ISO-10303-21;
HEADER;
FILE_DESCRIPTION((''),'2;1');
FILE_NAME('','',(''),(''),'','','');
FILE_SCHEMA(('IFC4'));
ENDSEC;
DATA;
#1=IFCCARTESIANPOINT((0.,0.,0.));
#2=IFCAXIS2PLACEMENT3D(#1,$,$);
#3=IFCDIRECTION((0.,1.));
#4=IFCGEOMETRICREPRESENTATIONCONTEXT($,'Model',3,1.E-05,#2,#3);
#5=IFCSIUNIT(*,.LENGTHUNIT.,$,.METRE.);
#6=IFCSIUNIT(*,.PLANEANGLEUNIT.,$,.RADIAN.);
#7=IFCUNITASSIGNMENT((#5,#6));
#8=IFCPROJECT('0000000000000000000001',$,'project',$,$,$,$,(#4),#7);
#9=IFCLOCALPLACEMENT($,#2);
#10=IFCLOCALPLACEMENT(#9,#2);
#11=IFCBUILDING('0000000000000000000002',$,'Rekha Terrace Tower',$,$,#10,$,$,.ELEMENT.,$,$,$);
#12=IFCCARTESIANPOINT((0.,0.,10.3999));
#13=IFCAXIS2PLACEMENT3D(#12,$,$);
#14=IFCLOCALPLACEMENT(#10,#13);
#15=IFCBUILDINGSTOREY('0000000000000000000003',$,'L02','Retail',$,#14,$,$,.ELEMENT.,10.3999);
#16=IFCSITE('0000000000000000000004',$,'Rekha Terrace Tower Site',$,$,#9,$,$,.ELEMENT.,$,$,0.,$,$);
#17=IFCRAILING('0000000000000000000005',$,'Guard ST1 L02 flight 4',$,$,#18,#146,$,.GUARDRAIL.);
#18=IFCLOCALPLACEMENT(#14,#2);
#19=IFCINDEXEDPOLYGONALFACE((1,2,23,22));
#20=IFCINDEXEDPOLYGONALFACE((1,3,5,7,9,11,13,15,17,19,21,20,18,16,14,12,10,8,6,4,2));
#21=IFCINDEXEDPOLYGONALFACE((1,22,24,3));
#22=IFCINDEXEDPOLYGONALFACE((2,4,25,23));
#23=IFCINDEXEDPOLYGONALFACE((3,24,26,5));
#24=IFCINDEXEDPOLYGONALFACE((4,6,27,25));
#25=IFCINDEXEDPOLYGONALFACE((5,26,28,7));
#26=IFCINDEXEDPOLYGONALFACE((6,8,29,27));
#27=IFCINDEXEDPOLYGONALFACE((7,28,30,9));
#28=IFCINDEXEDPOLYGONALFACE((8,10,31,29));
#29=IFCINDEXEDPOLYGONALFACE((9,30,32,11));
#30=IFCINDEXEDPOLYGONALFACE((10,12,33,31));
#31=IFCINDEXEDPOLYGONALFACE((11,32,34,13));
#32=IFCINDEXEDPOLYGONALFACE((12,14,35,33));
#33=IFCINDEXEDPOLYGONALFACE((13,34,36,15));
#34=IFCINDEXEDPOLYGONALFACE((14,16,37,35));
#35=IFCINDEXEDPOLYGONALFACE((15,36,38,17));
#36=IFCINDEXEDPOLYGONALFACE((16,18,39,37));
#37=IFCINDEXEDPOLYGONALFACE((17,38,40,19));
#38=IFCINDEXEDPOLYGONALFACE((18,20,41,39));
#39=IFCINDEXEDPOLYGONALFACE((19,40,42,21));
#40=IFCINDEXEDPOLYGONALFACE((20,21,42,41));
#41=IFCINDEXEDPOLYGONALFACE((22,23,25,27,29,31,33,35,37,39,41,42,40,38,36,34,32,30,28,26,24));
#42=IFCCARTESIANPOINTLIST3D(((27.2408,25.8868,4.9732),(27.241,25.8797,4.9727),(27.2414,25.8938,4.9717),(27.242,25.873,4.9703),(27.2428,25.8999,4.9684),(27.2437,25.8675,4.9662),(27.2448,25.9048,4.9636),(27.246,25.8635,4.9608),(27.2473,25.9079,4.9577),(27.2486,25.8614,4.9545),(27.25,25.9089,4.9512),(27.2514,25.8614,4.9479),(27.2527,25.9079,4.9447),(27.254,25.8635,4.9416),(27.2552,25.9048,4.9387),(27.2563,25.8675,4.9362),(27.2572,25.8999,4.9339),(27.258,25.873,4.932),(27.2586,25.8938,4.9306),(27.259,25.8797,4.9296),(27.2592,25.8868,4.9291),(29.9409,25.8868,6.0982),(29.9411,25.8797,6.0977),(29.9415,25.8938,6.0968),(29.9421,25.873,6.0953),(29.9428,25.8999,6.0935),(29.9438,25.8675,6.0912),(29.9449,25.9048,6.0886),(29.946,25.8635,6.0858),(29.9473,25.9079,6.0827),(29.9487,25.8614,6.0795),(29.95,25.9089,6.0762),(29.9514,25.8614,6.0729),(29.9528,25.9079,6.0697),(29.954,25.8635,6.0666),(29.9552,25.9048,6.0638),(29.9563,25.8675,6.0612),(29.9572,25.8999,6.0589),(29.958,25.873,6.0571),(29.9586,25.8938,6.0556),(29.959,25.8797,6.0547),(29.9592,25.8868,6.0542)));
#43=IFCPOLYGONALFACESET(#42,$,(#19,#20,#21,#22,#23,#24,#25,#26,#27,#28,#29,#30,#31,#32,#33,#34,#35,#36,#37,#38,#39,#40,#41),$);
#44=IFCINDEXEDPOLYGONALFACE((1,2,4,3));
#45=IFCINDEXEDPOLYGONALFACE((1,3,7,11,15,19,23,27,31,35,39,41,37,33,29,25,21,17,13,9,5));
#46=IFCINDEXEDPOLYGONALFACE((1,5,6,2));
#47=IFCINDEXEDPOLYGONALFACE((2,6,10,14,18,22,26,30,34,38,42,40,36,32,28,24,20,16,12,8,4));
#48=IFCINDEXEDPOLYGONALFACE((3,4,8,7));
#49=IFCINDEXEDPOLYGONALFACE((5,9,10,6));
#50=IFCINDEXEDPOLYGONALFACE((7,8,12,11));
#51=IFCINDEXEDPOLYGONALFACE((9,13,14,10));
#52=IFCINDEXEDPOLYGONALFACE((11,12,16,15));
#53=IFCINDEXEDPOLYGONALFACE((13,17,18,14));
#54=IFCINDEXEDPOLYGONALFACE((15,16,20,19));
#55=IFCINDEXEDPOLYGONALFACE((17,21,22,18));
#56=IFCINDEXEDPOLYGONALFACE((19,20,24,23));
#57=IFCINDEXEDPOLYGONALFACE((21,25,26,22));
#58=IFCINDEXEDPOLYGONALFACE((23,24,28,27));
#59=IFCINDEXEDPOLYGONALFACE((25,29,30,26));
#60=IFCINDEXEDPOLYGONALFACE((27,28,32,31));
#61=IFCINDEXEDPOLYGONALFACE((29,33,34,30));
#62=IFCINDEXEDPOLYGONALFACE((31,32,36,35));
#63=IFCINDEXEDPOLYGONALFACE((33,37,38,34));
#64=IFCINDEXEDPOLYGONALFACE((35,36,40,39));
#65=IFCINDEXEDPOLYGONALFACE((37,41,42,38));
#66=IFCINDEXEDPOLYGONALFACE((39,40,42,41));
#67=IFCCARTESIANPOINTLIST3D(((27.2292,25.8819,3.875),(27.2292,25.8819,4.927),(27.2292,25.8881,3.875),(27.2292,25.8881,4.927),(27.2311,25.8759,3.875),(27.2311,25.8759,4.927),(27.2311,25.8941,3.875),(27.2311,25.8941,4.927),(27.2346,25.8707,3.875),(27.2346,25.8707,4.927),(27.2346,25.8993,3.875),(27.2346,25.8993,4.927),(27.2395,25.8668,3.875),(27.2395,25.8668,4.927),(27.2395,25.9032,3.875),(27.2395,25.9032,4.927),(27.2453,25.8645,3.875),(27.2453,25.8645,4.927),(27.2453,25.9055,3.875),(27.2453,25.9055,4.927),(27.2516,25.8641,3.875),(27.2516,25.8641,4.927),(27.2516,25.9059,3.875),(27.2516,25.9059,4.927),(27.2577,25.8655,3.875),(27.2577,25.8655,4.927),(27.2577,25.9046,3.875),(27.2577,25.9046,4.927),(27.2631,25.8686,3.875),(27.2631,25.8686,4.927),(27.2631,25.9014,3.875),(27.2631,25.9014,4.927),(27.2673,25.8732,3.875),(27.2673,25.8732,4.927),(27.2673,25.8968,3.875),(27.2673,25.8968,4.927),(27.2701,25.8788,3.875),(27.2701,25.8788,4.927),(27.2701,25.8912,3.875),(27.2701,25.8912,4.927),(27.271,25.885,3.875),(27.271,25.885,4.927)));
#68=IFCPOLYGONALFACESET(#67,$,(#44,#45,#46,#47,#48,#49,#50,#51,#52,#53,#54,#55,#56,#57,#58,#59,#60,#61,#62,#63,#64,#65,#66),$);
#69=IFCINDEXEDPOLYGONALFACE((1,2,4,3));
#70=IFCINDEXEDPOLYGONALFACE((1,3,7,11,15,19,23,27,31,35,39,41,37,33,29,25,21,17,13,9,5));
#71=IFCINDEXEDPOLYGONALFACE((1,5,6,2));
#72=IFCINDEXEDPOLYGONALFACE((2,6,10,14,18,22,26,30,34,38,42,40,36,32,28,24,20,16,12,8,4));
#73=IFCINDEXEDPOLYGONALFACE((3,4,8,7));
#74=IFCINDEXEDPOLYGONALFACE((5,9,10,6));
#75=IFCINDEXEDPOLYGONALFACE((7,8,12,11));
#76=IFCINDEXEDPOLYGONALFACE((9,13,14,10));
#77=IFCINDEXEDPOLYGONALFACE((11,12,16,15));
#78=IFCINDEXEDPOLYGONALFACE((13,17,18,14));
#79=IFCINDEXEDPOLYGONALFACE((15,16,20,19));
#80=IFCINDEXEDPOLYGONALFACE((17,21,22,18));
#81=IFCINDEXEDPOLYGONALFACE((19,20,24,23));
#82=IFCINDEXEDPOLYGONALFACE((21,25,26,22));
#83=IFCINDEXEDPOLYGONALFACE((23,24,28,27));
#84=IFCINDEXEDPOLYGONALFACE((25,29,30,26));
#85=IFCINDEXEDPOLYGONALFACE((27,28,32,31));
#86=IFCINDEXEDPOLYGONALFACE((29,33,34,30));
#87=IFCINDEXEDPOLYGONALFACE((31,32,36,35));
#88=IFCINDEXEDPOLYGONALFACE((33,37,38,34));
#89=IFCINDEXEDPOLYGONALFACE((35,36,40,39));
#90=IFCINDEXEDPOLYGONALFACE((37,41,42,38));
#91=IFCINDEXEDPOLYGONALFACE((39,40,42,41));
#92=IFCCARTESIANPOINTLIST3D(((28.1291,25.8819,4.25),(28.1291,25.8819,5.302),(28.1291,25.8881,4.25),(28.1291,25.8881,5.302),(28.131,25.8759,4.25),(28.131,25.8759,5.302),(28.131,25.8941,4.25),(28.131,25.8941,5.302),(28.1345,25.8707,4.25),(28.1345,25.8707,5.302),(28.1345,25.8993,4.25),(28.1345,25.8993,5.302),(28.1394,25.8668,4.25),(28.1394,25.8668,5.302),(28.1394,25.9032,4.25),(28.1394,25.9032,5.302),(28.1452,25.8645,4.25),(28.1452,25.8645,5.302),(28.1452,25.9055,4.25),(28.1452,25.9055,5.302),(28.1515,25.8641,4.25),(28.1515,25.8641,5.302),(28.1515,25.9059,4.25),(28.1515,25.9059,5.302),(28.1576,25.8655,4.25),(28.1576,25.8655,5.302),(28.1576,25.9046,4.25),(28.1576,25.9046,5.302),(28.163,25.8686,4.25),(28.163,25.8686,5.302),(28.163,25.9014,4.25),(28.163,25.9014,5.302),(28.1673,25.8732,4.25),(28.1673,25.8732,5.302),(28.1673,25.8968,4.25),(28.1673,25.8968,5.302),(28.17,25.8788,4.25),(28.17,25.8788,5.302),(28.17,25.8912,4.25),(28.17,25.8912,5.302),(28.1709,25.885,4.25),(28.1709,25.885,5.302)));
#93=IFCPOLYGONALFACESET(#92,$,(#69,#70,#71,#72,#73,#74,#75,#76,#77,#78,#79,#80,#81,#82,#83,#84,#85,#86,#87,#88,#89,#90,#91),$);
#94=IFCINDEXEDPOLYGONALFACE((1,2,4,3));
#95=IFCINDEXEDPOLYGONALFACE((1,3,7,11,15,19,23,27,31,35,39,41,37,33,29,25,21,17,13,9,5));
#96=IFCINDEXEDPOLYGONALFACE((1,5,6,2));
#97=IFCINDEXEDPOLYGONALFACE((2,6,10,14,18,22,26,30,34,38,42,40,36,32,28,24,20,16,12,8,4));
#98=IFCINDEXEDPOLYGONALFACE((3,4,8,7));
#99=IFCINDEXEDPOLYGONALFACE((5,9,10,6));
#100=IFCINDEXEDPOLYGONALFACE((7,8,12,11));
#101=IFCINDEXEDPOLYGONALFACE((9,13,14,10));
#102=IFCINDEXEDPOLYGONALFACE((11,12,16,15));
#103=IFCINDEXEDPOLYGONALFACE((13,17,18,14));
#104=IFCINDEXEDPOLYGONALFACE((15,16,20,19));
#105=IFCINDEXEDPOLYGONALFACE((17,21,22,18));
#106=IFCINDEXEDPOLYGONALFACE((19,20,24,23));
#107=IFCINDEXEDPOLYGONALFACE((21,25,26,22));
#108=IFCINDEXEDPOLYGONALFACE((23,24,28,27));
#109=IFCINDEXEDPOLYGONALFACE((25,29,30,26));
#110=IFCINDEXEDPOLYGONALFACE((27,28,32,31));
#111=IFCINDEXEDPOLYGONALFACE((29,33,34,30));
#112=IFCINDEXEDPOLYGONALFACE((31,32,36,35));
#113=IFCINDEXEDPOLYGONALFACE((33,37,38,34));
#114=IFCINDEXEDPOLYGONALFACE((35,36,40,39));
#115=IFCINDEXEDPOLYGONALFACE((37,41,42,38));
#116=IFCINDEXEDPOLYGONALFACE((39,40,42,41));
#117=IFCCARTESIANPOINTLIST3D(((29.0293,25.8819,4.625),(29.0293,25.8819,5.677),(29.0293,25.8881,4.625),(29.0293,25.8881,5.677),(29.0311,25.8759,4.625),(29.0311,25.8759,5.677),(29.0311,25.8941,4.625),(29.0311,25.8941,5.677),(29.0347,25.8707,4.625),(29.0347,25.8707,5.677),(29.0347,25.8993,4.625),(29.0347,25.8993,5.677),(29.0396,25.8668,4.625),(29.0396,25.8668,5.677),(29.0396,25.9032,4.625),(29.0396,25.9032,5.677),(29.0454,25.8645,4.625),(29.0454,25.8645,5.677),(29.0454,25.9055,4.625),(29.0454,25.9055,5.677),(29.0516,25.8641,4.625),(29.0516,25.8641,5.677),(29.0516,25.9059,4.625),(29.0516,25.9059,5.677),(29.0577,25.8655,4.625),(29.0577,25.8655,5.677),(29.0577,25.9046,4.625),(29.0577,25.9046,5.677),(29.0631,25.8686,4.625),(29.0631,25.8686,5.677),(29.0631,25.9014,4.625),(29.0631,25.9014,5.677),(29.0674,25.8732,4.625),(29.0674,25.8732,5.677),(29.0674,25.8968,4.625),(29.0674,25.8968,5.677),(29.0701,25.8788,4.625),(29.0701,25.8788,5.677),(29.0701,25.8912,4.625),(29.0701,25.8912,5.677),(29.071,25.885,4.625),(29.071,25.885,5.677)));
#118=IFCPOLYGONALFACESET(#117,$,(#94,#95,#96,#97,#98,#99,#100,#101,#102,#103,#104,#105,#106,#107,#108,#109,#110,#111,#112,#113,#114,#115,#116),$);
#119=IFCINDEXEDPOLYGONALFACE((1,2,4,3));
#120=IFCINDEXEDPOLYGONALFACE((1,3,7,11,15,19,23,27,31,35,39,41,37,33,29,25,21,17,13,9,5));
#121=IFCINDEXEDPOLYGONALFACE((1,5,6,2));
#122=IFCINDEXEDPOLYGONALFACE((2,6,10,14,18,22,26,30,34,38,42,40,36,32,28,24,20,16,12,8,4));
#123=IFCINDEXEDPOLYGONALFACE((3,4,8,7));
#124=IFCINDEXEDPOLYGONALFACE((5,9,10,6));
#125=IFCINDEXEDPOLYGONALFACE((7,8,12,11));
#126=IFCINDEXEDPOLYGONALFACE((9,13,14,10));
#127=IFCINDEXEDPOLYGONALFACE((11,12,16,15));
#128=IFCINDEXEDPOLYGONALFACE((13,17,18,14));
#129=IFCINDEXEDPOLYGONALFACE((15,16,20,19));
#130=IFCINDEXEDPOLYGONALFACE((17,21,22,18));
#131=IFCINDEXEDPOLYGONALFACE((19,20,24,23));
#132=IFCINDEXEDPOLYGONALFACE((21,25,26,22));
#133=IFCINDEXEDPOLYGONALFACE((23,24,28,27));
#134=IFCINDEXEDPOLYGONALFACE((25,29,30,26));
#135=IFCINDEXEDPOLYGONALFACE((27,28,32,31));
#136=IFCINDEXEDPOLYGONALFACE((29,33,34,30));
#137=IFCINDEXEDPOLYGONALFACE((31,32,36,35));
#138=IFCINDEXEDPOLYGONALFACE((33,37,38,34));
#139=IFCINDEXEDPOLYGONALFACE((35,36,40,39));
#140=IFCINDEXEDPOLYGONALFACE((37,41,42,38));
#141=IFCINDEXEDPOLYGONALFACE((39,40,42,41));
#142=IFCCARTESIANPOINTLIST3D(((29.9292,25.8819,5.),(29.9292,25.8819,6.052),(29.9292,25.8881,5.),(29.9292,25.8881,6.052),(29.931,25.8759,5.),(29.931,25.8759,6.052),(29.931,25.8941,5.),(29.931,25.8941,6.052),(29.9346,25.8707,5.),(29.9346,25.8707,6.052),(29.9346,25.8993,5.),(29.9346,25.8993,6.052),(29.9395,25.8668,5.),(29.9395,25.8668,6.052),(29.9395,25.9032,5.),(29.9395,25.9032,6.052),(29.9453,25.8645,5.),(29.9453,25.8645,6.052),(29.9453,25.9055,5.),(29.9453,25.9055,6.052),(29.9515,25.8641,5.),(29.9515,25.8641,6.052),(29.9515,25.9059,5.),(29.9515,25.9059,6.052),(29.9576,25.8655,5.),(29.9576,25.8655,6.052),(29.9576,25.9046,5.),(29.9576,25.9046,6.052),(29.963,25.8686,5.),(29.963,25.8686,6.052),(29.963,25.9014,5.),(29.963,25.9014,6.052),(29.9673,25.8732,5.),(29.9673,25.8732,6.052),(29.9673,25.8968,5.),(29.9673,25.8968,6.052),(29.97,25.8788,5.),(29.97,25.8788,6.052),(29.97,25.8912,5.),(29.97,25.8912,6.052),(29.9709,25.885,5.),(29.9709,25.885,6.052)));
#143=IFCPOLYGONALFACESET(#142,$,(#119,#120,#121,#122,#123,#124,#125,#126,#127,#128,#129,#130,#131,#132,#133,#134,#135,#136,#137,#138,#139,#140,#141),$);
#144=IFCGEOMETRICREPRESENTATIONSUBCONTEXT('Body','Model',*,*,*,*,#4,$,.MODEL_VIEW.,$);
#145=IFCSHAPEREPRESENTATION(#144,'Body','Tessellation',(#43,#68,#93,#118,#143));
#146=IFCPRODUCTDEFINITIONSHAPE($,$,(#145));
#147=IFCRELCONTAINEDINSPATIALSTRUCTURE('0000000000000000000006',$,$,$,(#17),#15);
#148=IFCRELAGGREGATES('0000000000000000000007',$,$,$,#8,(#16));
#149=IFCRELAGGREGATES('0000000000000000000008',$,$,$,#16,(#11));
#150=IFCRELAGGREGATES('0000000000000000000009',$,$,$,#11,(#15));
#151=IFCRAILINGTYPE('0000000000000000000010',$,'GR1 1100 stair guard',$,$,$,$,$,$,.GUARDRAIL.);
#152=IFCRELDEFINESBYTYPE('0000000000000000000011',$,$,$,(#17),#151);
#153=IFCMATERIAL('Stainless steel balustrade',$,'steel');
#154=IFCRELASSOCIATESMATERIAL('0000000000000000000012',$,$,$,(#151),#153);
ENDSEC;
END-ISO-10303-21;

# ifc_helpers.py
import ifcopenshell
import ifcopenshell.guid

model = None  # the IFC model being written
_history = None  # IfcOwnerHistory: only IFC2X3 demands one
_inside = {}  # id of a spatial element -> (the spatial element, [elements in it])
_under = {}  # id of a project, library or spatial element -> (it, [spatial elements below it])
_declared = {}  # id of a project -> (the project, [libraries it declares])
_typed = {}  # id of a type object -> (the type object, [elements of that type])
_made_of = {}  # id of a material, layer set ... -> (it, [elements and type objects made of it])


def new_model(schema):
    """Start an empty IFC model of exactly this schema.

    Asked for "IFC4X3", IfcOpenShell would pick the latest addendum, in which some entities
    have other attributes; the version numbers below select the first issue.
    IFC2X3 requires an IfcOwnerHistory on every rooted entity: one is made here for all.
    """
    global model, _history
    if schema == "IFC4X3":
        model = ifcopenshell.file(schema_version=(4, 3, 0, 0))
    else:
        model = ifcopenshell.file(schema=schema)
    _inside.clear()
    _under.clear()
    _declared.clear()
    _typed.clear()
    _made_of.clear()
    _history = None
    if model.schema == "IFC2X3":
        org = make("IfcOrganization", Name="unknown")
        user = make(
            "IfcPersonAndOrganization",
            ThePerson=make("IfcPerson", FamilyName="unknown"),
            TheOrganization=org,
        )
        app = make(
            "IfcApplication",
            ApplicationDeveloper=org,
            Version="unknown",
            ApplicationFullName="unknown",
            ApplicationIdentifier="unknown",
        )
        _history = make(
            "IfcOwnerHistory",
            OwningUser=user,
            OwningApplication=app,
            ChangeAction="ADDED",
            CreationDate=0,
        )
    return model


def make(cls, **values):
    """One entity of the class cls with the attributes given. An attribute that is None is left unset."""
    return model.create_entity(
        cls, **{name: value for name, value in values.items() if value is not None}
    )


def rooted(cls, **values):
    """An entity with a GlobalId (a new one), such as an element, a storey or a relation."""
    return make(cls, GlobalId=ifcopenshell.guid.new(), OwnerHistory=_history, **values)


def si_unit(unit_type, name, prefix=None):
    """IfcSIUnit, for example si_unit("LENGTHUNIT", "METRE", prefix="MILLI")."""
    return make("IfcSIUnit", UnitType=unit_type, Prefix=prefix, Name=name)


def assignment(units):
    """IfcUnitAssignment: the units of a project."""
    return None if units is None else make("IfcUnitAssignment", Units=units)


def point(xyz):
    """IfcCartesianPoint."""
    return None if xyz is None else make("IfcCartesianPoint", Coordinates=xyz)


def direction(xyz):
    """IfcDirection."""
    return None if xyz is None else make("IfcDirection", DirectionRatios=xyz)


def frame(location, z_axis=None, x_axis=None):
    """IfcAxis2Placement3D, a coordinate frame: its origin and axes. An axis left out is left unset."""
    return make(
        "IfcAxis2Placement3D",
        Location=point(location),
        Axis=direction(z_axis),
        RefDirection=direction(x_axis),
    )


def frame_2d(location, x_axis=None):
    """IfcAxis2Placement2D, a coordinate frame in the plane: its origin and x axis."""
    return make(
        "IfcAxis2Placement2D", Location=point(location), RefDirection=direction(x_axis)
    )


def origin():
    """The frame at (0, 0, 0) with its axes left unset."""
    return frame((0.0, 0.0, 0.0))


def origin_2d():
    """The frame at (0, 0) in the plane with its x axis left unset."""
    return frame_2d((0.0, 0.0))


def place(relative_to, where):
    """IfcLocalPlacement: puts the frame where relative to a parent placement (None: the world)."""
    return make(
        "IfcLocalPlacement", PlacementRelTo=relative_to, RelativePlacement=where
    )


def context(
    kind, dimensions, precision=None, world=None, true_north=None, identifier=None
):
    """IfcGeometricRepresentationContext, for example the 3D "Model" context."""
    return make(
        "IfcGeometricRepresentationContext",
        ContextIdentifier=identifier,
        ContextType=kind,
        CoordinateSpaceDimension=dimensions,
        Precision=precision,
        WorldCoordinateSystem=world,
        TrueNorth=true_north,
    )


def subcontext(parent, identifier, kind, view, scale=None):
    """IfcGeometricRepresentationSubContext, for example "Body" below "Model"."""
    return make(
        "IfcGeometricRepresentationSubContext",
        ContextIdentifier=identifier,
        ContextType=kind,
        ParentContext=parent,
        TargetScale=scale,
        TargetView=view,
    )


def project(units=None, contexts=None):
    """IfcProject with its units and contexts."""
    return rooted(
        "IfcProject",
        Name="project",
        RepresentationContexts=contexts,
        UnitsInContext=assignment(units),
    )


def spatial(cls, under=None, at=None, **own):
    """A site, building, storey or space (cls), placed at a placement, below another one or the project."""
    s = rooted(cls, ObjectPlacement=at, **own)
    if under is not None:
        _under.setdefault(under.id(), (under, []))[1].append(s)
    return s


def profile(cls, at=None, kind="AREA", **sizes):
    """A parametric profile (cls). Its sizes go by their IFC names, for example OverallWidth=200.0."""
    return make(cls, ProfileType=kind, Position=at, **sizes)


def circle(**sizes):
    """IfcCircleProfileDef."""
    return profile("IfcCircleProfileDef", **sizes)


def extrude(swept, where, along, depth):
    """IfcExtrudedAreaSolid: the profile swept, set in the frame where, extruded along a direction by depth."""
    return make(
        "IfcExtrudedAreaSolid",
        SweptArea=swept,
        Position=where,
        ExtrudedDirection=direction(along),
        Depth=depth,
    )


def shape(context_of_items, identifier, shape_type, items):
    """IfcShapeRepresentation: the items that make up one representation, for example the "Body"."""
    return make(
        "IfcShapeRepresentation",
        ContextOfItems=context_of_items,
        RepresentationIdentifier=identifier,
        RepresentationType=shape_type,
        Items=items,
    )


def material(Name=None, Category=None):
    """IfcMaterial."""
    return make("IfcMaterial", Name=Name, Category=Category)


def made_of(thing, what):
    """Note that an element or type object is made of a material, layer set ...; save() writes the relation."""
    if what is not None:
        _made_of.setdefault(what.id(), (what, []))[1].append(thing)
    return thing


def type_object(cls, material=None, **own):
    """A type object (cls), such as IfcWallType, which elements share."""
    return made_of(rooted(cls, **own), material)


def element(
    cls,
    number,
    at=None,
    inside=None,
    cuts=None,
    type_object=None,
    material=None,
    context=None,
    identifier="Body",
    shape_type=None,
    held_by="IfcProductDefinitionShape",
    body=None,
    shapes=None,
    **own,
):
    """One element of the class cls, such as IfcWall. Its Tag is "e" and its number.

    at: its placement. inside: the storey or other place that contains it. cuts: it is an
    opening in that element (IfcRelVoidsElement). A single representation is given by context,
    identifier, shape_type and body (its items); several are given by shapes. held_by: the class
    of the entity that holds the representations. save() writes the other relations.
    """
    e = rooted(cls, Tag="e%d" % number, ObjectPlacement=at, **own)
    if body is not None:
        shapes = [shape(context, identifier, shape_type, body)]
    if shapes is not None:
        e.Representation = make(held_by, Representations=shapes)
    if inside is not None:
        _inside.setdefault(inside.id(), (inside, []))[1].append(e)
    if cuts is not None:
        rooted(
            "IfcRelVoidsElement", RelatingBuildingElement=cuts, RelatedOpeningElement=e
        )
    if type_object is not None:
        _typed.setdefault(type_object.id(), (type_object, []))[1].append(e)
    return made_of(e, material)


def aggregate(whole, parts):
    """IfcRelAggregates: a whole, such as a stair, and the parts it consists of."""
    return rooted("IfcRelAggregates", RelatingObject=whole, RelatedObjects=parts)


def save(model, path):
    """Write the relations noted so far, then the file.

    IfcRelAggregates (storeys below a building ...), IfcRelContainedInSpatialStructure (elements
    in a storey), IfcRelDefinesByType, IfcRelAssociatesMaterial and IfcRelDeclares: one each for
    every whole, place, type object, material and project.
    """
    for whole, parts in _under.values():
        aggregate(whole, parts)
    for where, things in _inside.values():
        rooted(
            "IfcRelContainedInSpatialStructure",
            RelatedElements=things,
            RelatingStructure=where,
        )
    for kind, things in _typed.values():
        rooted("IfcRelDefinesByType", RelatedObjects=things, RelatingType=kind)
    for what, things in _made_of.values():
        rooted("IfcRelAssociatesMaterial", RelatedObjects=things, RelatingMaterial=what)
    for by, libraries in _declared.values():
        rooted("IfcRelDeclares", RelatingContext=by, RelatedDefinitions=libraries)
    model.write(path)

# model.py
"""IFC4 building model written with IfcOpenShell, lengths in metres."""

from ifc_helpers import new_model, si_unit, direction, frame, origin, origin_2d, place, context, subcontext, project, spatial, circle, extrude, material, type_object, element, save


model = new_model("IFC4")

# Units and contexts
model_context = context("Model", 3, precision=1e-05, world=origin(), true_north=direction((0.0, 1.0)))
body_context = subcontext(model_context, "Body", "Model", "MODEL_VIEW")
ifc_project = project(units=[si_unit("LENGTHUNIT", "METRE"), si_unit("PLANEANGLEUNIT", "RADIAN")], contexts=[model_context])

# Site, building, storey
site_placement = place(None, origin())
site = spatial("IfcSite", under=ifc_project, at=site_placement, Name="Rekha Terrace Tower Site", CompositionType="ELEMENT", RefElevation=0.0)
building_placement = place(site_placement, origin())
building = spatial("IfcBuilding", under=site, at=building_placement, Name="Rekha Terrace Tower", CompositionType="ELEMENT")
storey_placement = place(building_placement, frame((0.0, 0.0, 10.3999)))
storey = spatial("IfcBuildingStorey", under=building, at=storey_placement, Name="L02", Description="Retail", CompositionType="ELEMENT", Elevation=10.3999)

# Railing
ifc_material_1 = material(Name="Stainless steel balustrade", Category="steel")
railing_type_1 = type_object("IfcRailingType", Name="GR1 1100 stair guard", PredefinedType="GUARDRAIL", material=ifc_material_1)
railing_1_placement = place(storey_placement, frame((27.25, 25.885, 3.875)))
element("IfcRailing", 1, at=railing_1_placement, inside=storey, type_object=railing_type_1, Name="Guard ST1 L02 flight 4", PredefinedType="GUARDRAIL", context=body_context, shape_type="SweptSolid", body=[
    extrude(circle(Radius=0.0239, at=origin_2d()), frame((0.0, 0.0, 1.0762), z_axis=(0.923074, 0.0, 0.384621), x_axis=(0.0, 1.0, 0.0)), (0.0, 0.0, 1.0), 2.925),
    extrude(circle(Radius=0.021, at=origin_2d()), origin(), (0.0, 0.0, 1.0), 1.052),
    extrude(circle(Radius=0.021, at=origin_2d()), frame((0.8999, 0.0, 0.375)), (0.0, 0.0, 1.0), 1.052),
    extrude(circle(Radius=0.021, at=origin_2d()), frame((1.8, 0.0, 0.75)), (0.0, 0.0, 1.0), 1.052),
    extrude(circle(Radius=0.021, at=origin_2d()), frame((2.7, 0.0, 1.125)), (0.0, 0.0, 1.0), 1.052),
])

save(model, "model.ifc")
